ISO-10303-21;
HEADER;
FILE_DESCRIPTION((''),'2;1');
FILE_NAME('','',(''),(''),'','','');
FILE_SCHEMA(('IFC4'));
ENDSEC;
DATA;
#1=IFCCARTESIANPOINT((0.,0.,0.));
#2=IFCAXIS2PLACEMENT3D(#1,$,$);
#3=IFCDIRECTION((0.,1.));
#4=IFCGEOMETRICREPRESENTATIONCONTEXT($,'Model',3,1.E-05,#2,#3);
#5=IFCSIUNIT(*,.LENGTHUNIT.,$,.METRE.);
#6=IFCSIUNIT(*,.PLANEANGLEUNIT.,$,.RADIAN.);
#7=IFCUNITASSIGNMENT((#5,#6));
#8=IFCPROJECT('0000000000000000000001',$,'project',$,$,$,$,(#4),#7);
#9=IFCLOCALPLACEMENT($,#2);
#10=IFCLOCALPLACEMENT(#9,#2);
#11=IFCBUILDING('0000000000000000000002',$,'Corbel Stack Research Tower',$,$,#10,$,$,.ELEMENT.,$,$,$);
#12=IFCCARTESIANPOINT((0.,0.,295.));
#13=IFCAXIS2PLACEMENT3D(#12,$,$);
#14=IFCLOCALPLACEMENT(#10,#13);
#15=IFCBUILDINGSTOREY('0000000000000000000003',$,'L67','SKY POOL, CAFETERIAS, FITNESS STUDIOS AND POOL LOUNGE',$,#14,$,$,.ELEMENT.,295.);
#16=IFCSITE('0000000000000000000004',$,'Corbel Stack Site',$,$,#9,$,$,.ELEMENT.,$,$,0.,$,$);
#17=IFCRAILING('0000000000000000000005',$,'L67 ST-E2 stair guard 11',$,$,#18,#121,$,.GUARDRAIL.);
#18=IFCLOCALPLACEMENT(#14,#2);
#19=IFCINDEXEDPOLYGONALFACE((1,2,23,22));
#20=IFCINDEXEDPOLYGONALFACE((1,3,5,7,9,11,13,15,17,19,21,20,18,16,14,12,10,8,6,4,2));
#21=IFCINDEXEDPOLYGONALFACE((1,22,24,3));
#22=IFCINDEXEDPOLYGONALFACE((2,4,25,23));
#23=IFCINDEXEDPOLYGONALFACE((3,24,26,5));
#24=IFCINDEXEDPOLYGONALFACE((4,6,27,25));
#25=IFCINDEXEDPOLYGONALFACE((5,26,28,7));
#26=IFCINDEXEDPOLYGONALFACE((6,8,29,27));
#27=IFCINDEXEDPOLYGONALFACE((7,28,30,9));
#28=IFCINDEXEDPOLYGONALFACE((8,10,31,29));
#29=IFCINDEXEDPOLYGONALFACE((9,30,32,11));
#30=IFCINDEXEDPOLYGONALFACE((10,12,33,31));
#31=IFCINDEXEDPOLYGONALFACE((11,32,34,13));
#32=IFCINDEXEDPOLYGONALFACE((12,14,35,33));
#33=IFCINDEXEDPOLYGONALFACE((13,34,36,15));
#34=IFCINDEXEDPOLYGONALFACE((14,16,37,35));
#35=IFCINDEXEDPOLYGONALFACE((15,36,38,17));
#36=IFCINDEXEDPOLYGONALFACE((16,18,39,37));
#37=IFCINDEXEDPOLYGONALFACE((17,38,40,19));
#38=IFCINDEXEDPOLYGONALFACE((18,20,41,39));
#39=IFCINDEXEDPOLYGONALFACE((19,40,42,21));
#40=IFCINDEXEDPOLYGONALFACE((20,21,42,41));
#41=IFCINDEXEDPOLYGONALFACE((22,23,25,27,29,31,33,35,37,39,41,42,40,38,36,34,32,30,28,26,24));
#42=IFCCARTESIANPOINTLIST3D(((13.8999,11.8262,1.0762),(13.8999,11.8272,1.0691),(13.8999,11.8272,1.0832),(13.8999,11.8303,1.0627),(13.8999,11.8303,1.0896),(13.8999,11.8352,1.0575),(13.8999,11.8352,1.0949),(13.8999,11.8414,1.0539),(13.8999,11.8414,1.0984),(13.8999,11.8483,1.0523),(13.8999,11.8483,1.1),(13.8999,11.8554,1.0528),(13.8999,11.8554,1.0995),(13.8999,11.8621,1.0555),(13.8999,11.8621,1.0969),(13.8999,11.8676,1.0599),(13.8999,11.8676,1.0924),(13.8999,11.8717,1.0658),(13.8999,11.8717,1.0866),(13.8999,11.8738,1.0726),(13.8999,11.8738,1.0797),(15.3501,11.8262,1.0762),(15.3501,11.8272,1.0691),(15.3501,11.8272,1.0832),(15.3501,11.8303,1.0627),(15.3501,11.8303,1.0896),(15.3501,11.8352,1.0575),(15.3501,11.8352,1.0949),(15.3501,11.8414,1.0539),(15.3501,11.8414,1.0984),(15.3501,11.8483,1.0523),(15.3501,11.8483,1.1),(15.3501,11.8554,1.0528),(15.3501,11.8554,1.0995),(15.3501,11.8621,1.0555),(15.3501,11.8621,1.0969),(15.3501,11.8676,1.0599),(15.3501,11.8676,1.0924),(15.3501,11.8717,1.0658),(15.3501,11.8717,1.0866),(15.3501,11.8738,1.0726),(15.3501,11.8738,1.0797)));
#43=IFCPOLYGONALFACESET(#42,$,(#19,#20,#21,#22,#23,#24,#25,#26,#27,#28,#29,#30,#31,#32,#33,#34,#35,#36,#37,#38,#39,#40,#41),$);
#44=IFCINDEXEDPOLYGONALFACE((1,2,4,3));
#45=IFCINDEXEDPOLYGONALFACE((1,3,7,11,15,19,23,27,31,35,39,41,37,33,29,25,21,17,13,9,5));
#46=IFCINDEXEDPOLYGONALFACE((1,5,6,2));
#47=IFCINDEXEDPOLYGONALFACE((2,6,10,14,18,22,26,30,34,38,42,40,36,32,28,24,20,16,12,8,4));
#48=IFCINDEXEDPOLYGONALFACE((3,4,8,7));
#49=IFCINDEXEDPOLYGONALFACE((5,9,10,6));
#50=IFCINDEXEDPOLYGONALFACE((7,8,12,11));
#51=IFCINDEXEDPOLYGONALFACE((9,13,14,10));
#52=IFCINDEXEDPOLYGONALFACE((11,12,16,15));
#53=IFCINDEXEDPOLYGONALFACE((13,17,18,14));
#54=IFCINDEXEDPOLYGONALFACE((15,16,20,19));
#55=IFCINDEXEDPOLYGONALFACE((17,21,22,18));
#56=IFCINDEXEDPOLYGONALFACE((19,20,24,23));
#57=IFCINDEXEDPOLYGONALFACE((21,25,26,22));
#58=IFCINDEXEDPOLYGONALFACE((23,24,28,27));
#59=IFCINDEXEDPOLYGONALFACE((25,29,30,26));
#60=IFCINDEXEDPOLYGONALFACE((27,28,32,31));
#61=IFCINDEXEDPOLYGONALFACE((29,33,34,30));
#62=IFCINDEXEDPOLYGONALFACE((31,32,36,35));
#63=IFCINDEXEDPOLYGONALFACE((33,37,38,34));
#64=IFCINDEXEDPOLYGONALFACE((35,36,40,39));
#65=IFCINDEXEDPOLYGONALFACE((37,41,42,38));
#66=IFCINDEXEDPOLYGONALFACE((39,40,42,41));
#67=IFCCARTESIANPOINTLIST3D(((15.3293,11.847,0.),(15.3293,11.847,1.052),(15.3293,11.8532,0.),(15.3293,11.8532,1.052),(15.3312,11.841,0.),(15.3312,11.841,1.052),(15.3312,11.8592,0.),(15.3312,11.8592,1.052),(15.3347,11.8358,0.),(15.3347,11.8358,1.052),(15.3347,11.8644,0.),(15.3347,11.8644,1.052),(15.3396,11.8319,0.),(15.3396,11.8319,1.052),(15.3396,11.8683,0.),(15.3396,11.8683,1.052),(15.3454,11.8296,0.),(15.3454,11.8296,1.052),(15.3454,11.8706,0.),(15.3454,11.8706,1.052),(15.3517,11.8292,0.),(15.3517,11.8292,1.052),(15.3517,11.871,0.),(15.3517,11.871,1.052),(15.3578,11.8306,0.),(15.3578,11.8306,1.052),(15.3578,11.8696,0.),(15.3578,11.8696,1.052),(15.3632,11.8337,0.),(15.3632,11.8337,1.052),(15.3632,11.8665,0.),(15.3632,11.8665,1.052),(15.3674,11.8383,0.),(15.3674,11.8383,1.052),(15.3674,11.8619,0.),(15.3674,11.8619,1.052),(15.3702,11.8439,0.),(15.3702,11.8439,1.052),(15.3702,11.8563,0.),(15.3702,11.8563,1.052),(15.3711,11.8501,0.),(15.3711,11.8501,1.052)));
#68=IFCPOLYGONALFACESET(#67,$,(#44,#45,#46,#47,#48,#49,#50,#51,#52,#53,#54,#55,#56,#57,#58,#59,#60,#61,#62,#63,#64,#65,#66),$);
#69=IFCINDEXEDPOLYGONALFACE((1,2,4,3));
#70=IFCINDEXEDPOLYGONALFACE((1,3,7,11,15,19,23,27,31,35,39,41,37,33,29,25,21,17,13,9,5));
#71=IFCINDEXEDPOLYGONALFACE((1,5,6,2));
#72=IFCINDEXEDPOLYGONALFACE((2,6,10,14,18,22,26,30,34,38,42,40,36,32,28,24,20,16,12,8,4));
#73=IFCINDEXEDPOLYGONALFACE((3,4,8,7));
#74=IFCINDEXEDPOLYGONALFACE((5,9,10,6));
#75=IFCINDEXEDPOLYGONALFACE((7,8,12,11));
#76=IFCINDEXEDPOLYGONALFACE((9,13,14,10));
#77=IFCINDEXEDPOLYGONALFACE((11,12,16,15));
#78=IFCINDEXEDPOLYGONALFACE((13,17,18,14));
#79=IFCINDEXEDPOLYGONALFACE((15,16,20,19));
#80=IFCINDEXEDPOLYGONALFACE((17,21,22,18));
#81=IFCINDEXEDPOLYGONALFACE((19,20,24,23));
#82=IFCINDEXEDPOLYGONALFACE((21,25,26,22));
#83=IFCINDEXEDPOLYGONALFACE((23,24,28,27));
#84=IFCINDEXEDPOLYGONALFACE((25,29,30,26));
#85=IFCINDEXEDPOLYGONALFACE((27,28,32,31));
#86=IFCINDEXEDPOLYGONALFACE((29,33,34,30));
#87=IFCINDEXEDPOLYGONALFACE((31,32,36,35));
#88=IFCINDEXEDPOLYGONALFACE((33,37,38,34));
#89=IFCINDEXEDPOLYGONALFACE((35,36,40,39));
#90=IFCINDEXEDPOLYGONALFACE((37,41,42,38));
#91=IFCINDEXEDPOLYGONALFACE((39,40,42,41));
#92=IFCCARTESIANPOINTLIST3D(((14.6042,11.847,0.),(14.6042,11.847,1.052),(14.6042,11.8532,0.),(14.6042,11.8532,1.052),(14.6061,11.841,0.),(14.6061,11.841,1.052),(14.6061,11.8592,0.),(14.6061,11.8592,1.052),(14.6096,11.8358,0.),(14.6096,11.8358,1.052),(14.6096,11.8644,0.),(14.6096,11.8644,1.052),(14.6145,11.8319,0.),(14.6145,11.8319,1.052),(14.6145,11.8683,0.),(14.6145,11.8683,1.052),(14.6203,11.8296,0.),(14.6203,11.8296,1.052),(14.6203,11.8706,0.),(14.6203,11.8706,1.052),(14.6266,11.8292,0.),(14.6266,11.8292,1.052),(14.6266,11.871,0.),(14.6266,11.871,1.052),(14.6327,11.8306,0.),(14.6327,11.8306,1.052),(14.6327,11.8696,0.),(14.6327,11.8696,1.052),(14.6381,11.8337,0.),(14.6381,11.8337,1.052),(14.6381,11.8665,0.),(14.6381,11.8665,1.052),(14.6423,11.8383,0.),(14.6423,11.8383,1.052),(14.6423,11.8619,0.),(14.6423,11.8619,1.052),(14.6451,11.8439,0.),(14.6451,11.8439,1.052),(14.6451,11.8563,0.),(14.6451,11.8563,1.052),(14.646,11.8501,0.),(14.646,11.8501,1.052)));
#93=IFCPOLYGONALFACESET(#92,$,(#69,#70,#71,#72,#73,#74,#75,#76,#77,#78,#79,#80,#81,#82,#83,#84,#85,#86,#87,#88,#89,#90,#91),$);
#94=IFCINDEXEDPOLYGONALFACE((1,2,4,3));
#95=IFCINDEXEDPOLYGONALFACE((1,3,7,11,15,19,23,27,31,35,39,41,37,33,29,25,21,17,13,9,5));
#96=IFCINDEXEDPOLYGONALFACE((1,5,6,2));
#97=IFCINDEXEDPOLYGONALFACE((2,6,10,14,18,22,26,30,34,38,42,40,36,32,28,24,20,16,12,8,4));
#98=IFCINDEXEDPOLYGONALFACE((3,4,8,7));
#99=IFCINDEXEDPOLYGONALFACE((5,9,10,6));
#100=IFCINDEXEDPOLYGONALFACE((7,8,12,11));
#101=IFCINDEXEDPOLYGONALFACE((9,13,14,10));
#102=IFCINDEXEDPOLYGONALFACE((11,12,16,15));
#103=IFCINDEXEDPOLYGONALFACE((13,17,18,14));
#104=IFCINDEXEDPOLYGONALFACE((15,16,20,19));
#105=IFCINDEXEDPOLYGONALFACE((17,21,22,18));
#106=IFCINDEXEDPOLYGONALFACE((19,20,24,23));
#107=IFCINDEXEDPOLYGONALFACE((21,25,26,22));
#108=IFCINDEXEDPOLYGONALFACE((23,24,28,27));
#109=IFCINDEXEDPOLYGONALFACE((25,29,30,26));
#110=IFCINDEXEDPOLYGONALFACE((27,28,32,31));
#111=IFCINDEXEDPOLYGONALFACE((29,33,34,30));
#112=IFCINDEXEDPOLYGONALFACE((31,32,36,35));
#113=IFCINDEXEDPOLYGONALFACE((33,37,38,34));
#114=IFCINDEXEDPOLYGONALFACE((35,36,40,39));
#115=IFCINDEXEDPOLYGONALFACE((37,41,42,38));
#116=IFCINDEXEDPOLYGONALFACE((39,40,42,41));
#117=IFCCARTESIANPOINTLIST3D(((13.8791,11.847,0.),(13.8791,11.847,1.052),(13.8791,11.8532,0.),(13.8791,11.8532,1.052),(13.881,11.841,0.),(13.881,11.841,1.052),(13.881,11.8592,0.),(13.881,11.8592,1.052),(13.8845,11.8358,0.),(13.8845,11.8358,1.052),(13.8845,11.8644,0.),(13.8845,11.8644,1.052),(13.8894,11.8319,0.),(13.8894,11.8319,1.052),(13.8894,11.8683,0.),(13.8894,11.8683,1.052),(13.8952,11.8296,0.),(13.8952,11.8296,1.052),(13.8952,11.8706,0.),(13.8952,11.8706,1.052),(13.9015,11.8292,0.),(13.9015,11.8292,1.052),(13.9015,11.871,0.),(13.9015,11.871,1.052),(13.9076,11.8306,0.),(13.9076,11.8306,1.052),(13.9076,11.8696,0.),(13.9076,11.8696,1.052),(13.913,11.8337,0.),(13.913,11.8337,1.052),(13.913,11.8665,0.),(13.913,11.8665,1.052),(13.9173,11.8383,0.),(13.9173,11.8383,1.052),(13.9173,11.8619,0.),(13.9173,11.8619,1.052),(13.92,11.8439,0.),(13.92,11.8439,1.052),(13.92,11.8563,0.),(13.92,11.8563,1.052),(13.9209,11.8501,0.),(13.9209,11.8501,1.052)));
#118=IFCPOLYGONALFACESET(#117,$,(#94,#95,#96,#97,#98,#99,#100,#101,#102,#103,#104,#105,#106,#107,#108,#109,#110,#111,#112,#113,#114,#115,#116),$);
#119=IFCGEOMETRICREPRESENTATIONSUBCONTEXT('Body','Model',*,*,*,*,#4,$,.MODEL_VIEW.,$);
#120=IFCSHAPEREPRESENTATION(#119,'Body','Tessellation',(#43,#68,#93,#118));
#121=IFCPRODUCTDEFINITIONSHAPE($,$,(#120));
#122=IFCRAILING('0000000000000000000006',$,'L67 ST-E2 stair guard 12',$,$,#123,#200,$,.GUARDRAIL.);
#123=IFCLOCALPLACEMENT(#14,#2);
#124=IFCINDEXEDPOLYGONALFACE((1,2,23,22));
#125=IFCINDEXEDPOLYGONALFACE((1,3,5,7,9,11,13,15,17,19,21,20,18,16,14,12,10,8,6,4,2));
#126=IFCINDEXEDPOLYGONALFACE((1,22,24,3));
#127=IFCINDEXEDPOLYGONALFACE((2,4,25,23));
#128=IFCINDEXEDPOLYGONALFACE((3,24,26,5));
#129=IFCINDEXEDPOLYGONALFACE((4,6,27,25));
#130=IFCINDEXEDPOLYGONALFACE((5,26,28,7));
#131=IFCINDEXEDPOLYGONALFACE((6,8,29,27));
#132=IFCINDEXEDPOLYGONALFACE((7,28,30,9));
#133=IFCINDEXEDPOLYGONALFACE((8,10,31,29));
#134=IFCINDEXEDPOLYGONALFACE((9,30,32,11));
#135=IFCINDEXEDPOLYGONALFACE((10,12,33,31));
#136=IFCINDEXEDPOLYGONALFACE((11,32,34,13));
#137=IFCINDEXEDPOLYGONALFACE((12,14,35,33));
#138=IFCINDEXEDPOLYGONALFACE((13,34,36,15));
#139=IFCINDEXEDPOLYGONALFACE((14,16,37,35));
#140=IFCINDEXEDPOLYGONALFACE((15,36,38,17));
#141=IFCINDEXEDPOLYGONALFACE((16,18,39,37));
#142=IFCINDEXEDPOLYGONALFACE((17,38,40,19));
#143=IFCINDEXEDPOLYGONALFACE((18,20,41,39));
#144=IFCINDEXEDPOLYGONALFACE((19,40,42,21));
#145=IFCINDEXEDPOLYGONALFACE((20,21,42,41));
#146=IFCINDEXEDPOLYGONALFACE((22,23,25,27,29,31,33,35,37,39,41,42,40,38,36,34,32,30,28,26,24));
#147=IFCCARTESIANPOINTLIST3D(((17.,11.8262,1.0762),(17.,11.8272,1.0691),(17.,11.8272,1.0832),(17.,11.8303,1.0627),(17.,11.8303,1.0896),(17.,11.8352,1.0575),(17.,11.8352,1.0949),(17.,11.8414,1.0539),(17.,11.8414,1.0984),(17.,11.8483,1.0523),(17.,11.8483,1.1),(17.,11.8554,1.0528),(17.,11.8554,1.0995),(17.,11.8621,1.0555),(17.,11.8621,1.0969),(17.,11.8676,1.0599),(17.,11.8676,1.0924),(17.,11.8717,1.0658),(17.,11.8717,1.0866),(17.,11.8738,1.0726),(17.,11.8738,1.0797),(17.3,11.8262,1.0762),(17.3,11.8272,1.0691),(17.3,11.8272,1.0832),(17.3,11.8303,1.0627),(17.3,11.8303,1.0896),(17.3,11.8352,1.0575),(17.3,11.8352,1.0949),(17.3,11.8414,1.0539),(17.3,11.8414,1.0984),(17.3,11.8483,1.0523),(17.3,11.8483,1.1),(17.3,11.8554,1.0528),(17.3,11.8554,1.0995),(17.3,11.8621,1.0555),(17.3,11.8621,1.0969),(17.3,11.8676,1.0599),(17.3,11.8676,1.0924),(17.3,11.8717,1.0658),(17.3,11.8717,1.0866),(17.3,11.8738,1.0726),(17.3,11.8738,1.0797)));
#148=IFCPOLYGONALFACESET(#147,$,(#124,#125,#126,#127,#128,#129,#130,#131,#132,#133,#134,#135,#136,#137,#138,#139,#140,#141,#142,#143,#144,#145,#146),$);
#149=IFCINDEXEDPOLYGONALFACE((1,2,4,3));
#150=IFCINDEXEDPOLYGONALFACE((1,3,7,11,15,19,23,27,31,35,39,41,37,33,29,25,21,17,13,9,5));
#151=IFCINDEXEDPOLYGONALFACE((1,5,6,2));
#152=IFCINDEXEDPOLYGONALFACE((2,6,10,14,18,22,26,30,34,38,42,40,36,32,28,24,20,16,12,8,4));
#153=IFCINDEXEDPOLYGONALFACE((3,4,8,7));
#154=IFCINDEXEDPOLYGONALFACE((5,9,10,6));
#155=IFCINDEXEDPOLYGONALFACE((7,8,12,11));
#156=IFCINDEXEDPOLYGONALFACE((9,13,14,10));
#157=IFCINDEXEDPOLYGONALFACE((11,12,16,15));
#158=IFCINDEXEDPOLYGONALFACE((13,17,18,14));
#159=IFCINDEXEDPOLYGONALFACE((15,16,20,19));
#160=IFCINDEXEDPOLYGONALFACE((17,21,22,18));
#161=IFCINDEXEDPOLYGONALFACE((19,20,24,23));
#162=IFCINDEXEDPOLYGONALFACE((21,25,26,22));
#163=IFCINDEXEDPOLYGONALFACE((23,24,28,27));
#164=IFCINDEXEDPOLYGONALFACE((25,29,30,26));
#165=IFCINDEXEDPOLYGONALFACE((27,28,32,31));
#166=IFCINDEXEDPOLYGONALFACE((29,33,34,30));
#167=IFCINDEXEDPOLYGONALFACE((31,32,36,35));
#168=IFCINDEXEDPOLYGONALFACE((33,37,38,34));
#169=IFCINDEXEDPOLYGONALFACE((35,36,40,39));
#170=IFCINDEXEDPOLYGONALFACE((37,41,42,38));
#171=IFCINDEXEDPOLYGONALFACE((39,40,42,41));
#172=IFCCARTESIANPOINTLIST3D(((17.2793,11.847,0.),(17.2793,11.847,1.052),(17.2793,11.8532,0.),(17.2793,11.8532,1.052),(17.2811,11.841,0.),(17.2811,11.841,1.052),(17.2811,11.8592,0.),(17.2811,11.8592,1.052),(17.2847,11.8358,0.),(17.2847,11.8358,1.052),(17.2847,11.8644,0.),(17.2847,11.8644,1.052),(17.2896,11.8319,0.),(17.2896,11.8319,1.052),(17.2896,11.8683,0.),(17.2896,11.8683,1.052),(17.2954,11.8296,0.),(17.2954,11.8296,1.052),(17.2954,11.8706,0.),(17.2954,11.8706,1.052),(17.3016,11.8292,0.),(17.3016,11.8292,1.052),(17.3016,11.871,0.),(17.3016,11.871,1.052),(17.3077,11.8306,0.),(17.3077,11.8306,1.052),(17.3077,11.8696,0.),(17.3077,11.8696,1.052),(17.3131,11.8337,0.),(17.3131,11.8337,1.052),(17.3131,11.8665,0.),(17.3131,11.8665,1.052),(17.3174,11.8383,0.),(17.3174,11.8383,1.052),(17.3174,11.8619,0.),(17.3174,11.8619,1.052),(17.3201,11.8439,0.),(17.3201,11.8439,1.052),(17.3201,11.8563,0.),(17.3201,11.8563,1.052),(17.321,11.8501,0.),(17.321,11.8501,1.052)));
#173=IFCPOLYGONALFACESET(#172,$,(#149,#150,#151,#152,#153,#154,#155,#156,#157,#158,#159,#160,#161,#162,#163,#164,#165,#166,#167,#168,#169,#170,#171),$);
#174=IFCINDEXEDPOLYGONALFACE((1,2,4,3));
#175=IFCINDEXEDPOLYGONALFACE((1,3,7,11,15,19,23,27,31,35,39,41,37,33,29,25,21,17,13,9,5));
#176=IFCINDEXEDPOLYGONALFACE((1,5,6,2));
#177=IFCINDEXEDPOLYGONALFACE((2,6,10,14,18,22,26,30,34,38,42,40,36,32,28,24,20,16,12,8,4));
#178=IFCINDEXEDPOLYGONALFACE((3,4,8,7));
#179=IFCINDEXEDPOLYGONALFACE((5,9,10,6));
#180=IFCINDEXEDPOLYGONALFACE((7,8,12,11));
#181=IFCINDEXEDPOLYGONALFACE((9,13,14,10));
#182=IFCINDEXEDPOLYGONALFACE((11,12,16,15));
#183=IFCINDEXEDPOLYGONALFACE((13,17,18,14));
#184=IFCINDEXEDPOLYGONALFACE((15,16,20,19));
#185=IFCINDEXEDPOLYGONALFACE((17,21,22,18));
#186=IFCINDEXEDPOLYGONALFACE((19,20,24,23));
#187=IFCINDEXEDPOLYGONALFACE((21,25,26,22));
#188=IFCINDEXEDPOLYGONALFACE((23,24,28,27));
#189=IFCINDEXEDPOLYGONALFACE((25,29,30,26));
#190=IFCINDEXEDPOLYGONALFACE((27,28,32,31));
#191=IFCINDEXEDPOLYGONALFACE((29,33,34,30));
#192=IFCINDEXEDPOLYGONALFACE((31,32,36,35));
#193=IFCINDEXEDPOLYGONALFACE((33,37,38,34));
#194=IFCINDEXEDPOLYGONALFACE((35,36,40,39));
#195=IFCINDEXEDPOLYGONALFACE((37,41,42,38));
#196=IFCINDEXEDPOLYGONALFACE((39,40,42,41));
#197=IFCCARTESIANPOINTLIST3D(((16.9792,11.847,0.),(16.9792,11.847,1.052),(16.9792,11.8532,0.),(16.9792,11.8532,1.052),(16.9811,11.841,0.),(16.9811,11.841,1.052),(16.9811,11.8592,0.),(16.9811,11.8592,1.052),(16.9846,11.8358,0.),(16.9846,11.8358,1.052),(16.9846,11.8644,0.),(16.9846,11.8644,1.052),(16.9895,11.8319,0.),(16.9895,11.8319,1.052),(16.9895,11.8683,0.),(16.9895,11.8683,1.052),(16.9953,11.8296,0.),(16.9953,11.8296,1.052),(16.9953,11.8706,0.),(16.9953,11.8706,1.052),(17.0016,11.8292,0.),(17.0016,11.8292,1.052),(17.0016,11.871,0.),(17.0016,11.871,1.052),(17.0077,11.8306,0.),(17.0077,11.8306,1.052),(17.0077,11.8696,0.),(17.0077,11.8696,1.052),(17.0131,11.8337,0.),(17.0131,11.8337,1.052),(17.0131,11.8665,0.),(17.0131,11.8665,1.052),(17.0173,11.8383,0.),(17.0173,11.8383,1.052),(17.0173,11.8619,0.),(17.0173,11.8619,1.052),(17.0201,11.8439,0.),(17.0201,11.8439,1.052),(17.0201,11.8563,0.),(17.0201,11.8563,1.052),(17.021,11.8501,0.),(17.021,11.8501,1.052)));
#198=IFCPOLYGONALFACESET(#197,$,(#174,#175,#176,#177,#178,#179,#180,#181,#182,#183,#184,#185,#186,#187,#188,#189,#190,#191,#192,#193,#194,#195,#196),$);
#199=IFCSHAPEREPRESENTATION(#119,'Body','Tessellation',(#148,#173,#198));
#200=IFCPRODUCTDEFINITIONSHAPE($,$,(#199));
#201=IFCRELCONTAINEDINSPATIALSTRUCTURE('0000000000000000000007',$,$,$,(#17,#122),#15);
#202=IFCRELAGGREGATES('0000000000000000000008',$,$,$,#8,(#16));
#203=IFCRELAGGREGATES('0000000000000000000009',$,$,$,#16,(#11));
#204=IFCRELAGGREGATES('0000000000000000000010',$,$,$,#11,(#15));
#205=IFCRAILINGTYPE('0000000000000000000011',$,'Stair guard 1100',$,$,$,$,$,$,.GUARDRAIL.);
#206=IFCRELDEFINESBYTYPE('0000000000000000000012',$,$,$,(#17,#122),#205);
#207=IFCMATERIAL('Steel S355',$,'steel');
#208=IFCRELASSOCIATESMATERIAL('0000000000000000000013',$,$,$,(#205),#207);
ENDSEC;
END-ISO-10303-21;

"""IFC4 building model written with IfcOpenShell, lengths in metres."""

from ifc_helpers import new_model, si_unit, direction, frame, origin, origin_2d, place, context, subcontext, project, spatial, circle, extrude, material, type_object, element, save


model = new_model("IFC4")

# Units and contexts
model_context = context("Model", 3, precision=1e-05, world=origin(), true_north=direction((0.0, 1.0)))
body_context = subcontext(model_context, "Body", "Model", "MODEL_VIEW")
ifc_project = project(units=[si_unit("LENGTHUNIT", "METRE"), si_unit("PLANEANGLEUNIT", "RADIAN")], contexts=[model_context])

# Site, building, storey
site_placement = place(None, origin())
site = spatial("IfcSite", under=ifc_project, at=site_placement, Name="Corbel Stack Site", CompositionType="ELEMENT", RefElevation=0.0)
building_placement = place(site_placement, origin())
building = spatial("IfcBuilding", under=site, at=building_placement, Name="Corbel Stack Research Tower", CompositionType="ELEMENT")
storey_placement = place(building_placement, frame((0.0, 0.0, 295.0)))
storey = spatial("IfcBuildingStorey", under=building, at=storey_placement, Name="L67", Description="SKY POOL, CAFETERIAS, FITNESS STUDIOS AND POOL LOUNGE", CompositionType="ELEMENT", Elevation=295.0)

# Railings
ifc_material_1 = material(Name="Steel S355", Category="steel")
railing_type_1 = type_object("IfcRailingType", Name="Stair guard 1100", PredefinedType="GUARDRAIL", material=ifc_material_1)
railing_1_placement = place(storey_placement, frame((15.3501, 11.8501, 0.0)))
element("IfcRailing", 1, at=railing_1_placement, inside=storey, type_object=railing_type_1, Name="L67 ST-E2 stair guard 11", PredefinedType="GUARDRAIL", context=body_context, shape_type="SweptSolid", body=[
    extrude(circle(Radius=0.0239, at=origin_2d()), frame((0.0, 0.0, 1.0762), z_axis=(-1.0, 0.0, 0.0), x_axis=(0.0, -1.0, 0.0)), (0.0, 0.0, 1.0), 1.4502),
    extrude(circle(Radius=0.021, at=origin_2d()), origin(), (0.0, 0.0, 1.0), 1.052),
    extrude(circle(Radius=0.021, at=origin_2d()), frame((-0.7251, 0.0, 0.0)), (0.0, 0.0, 1.0), 1.052),
    extrude(circle(Radius=0.021, at=origin_2d()), frame((-1.4502, 0.0, 0.0)), (0.0, 0.0, 1.0), 1.052),
])
railing_2_placement = place(storey_placement, frame((17.3, 11.8501, 0.0)))
element("IfcRailing", 2, at=railing_2_placement, inside=storey, type_object=railing_type_1, Name="L67 ST-E2 stair guard 12", PredefinedType="GUARDRAIL", context=body_context, shape_type="SweptSolid", body=[
    extrude(circle(Radius=0.0239, at=origin_2d()), frame((0.0, 0.0, 1.0762), z_axis=(-1.0, 0.0, 0.0), x_axis=(0.0, -1.0, 0.0)), (0.0, 0.0, 1.0), 0.3),
    extrude(circle(Radius=0.021, at=origin_2d()), origin(), (0.0, 0.0, 1.0), 1.052),
    extrude(circle(Radius=0.021, at=origin_2d()), frame((-0.3, 0.0, 0.0)), (0.0, 0.0, 1.0), 1.052),
])

save(model, "model.ifc")
